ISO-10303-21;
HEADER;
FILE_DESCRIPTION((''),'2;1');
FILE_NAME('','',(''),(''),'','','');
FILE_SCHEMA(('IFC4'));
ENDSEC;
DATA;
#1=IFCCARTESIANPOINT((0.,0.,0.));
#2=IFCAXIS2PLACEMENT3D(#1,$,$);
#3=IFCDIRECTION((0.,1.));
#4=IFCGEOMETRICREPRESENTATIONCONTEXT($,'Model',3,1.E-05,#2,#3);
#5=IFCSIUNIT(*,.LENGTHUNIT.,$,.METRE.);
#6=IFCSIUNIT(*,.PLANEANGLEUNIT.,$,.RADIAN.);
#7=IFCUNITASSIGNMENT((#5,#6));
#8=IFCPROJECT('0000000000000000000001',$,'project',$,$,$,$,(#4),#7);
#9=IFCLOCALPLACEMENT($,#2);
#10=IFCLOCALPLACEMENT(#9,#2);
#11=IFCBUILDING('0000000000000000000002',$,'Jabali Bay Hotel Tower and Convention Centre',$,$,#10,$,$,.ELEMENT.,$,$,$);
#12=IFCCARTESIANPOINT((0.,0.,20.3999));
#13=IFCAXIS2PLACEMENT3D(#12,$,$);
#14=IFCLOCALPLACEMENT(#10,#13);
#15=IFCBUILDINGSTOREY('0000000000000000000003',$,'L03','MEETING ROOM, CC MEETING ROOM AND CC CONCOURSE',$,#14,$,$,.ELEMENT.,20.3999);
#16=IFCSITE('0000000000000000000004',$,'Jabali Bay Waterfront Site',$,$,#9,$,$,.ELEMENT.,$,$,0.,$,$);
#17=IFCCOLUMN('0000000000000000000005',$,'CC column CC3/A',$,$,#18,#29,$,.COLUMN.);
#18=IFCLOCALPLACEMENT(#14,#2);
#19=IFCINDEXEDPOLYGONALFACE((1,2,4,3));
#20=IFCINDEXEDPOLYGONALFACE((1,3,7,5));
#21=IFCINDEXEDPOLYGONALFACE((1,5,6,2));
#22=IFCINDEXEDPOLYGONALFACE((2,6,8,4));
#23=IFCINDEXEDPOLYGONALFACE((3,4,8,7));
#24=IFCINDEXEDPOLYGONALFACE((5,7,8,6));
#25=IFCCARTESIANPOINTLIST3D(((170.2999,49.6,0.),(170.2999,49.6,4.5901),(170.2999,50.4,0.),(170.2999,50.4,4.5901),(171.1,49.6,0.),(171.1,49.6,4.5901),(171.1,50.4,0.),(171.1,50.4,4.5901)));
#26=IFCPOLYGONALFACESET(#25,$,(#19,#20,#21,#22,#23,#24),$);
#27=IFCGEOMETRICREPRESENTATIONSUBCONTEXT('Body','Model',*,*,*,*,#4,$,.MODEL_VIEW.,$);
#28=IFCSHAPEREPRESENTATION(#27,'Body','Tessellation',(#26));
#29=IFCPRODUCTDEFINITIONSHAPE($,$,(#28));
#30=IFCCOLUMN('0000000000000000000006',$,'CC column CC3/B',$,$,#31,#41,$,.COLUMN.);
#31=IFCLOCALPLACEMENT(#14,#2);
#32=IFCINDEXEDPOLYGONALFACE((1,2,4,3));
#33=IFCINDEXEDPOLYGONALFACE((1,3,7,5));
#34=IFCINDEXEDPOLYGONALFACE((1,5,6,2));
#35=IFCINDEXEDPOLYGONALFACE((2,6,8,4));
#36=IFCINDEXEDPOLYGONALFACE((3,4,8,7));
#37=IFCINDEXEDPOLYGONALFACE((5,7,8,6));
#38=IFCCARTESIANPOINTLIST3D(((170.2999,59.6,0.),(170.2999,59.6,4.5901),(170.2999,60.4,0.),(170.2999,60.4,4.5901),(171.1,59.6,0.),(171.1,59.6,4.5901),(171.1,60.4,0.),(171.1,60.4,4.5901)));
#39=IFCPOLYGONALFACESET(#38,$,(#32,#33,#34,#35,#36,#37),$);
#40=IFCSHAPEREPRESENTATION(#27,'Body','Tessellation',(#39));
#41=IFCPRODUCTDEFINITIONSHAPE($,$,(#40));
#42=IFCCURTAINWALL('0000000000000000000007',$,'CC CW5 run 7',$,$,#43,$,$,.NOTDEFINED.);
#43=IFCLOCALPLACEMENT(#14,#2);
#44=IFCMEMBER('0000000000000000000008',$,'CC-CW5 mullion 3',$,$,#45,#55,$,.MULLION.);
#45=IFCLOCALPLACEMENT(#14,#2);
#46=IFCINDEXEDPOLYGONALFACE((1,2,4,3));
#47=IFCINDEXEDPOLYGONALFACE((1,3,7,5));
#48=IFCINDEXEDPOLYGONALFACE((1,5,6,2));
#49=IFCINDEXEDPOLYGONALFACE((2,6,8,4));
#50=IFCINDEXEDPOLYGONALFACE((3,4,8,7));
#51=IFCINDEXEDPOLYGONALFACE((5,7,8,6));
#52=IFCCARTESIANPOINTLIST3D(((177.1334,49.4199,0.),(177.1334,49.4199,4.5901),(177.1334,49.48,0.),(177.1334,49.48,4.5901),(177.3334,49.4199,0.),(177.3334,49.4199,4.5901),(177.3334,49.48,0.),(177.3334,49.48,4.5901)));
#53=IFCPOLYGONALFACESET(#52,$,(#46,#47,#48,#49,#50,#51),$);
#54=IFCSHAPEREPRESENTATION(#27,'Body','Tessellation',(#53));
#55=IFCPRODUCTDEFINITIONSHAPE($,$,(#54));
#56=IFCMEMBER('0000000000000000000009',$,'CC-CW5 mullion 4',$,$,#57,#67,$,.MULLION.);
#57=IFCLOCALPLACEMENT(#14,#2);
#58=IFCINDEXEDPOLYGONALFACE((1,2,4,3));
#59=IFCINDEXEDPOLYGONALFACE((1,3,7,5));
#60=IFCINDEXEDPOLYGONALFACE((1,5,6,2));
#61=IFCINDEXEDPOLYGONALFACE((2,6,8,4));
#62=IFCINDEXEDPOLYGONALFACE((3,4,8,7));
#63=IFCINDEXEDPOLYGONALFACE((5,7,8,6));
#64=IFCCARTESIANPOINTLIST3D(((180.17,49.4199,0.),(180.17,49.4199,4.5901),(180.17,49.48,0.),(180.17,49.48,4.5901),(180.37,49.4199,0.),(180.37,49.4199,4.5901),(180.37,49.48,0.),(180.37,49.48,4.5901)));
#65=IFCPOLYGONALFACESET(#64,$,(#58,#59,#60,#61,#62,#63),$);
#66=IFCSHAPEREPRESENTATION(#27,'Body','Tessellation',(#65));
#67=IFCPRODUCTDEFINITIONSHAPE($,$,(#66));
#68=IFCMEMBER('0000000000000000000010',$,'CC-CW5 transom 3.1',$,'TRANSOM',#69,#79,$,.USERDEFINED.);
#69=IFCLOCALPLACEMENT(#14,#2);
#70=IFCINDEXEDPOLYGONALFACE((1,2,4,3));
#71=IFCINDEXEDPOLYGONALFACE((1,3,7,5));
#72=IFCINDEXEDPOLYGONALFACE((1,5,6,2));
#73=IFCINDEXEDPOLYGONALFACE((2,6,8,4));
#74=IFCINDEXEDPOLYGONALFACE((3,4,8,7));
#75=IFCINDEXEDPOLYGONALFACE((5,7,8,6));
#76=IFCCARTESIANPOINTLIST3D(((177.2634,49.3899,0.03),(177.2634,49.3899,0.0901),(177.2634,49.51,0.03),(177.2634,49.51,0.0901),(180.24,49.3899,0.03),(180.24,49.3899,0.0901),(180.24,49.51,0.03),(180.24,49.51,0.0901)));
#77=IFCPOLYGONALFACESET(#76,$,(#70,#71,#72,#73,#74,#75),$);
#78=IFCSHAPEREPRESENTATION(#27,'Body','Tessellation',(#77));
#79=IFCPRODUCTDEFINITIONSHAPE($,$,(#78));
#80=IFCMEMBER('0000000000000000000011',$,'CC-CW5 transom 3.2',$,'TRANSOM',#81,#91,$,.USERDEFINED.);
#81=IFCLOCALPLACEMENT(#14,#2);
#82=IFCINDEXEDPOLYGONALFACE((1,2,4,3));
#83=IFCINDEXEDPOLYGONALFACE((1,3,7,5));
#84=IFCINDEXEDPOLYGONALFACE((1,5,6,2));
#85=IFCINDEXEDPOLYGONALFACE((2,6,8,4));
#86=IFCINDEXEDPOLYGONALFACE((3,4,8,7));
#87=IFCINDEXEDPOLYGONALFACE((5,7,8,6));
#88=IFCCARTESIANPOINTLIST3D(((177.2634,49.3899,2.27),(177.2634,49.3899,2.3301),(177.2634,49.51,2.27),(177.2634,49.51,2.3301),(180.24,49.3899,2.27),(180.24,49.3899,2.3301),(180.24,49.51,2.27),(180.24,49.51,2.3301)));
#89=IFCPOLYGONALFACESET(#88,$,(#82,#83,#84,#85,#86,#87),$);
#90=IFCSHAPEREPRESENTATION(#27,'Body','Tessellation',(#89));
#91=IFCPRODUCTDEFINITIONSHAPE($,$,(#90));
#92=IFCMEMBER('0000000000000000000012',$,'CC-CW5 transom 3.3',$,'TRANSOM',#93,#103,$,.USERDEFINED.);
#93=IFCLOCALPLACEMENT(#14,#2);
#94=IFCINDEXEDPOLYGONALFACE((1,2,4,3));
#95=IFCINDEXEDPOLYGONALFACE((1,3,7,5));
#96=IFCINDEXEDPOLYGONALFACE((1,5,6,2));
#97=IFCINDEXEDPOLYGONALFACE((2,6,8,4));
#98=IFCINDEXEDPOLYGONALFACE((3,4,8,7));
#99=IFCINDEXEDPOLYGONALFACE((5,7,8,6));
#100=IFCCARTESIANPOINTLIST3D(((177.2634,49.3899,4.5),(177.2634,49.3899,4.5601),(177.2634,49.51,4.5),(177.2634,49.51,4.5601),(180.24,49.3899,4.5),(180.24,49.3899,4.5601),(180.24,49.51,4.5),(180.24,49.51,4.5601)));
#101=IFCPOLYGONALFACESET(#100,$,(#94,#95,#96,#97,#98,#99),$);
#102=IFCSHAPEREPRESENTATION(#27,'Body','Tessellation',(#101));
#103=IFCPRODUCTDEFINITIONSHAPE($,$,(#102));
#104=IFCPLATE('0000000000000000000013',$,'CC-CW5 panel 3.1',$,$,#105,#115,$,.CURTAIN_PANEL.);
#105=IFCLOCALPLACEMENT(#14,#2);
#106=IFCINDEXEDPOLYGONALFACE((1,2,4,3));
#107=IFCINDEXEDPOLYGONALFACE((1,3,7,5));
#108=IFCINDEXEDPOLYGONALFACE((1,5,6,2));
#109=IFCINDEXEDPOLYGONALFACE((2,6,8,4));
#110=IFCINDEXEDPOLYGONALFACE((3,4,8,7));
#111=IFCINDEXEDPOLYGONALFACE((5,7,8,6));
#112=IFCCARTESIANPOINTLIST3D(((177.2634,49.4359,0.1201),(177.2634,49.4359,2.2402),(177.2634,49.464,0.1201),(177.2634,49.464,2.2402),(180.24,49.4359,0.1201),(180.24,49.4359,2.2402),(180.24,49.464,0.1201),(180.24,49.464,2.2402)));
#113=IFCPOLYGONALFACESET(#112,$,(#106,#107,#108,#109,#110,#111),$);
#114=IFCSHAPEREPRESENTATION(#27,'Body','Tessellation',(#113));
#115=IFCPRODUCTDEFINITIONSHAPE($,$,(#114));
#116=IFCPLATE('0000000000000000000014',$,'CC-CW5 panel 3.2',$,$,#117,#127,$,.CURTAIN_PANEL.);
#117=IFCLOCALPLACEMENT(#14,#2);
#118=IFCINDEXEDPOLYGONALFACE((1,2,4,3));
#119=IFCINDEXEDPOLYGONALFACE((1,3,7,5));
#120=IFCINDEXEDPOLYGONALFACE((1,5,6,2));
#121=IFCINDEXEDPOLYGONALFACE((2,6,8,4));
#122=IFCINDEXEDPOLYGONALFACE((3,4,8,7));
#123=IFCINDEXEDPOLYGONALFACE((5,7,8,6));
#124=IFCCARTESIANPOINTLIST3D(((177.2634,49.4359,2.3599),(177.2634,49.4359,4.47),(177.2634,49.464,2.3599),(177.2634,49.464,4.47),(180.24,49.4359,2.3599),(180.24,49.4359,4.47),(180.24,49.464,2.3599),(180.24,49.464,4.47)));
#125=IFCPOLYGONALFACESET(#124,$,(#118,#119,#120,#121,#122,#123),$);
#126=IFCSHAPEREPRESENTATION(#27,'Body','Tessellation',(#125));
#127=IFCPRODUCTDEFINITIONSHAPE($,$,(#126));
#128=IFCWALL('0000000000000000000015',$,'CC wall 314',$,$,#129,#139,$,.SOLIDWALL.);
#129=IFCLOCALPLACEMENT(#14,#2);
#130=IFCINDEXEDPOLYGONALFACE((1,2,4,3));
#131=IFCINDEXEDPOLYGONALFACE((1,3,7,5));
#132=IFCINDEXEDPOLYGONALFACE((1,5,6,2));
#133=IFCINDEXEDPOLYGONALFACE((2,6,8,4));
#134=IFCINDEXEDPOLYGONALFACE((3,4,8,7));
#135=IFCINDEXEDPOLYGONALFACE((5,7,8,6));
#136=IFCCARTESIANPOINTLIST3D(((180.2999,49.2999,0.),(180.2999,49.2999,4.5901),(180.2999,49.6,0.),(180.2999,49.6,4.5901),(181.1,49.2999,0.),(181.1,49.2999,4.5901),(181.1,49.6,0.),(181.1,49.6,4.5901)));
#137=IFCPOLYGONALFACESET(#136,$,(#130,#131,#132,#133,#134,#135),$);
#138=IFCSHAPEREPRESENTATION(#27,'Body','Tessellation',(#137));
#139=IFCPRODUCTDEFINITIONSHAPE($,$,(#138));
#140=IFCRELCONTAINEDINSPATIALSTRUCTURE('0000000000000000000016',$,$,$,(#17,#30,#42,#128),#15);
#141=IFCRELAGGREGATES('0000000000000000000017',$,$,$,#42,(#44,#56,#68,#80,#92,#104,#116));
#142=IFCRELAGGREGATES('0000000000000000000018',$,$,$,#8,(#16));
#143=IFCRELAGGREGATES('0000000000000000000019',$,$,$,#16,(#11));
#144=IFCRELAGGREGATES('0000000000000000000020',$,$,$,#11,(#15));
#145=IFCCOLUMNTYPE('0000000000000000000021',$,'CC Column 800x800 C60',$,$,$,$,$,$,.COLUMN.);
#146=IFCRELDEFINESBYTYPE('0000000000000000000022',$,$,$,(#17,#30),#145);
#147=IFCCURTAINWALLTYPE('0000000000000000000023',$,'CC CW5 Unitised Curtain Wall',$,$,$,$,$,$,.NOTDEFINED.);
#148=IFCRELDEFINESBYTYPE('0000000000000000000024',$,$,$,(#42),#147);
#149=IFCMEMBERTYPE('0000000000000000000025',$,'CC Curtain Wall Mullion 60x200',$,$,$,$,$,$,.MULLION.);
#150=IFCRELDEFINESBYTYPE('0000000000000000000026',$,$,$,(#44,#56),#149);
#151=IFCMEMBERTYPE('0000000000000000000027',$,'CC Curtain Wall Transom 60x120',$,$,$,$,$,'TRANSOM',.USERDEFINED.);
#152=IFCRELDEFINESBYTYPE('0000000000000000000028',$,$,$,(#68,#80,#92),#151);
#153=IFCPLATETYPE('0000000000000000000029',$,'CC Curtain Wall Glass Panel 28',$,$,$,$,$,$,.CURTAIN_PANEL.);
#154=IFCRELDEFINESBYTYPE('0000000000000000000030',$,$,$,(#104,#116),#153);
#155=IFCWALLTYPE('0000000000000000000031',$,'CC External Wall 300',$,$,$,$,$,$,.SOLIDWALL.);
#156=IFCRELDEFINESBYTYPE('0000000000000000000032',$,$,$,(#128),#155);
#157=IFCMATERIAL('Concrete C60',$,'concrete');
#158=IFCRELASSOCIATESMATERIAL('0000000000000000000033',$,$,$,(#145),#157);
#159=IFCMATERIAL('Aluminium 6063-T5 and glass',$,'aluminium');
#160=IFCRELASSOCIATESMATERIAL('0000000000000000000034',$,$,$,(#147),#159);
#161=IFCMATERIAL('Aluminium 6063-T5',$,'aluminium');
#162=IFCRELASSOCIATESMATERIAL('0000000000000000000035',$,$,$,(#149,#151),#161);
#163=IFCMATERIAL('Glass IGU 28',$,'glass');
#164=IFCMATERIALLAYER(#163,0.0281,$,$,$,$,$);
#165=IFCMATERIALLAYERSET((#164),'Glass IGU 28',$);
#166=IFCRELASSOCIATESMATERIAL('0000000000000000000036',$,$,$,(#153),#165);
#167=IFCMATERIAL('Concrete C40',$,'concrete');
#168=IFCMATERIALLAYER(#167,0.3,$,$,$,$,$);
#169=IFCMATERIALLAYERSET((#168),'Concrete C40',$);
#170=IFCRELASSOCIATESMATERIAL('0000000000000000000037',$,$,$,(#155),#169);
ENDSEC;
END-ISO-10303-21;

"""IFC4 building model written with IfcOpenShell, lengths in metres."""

from ifc_helpers import new_model, si_unit, direction, frame, frame_2d, origin, origin_2d, place, context, subcontext, project, spatial, rectangle, extrude, material, layer, layer_set, material_profile, profile_set, type_object, element, aggregate, save


model = new_model("IFC4")

# Units and contexts
model_context = context("Model", 3, precision=1e-05, world=origin(), true_north=direction((0.0, 1.0)))
body_context = subcontext(model_context, "Body", "Model", "MODEL_VIEW")
ifc_project = project(units=[si_unit("LENGTHUNIT", "METRE"), si_unit("PLANEANGLEUNIT", "RADIAN")], contexts=[model_context])

# Site, building, storey
site_placement = place(None, origin())
site = spatial("IfcSite", under=ifc_project, at=site_placement, Name="Jabali Bay Waterfront Site", CompositionType="ELEMENT", RefElevation=0.0)
building_placement = place(site_placement, origin())
building = spatial("IfcBuilding", under=site, at=building_placement, Name="Jabali Bay Hotel Tower and Convention Centre", CompositionType="ELEMENT")
storey_placement = place(building_placement, frame((0.0, 0.0, 20.3999)))
storey = spatial("IfcBuildingStorey", under=building, at=storey_placement, Name="L03", Description="MEETING ROOM, CC MEETING ROOM AND CC CONCOURSE", CompositionType="ELEMENT", Elevation=20.3999)

# Columns
ifc_material_1 = material(Name="Concrete C60", Category="concrete")
ifc_material_profile_1 = material_profile(ifc_material_1, rectangle(XDim=0.8, YDim=0.8, at=origin_2d()), Name="RC 800x800")
ifc_profile_set_1 = profile_set([ifc_material_profile_1], Name="Concrete C60")
column_type = type_object("IfcColumnType", Name="CC Column 800x800 C60", PredefinedType="COLUMN", material=ifc_profile_set_1)
for number, where, z_axis, x_axis, name in (
    (1, (170.7, 50.0, 0.0), (0.0, 0.0, 1.0), (1.0, 0.0, 0.0), "CC column CC3/A"),
    (2, (170.7, 60.0, 0.0), (0.0, 0.0, 1.0), (1.0, 0.0, 0.0), "CC column CC3/B"),
):
    element("IfcColumn", number, at=place(storey_placement, frame(where, z_axis=z_axis, x_axis=x_axis)), inside=storey, type_object=column_type, Name=name, PredefinedType="COLUMN", context=body_context, shape_type="SweptSolid", body=[
        extrude(rectangle(XDim=0.8, YDim=0.8, at=origin_2d()), origin(), (0.0, 0.0, 1.0), 4.5901),
    ])

# Curtain wall, members, plates
ifc_material_2 = material(Name="Aluminium 6063-T5 and glass", Category="aluminium")
curtain_wall_type = type_object("IfcCurtainWallType", Name="CC CW5 Unitised Curtain Wall", PredefinedType="NOTDEFINED", material=ifc_material_2)
curtain_wall_placement = place(storey_placement, origin())
curtain_wall = element("IfcCurtainWall", 3, at=curtain_wall_placement, inside=storey, type_object=curtain_wall_type, Name="CC CW5 run 7", PredefinedType="NOTDEFINED")
ifc_material_3 = material(Name="Aluminium 6063-T5", Category="aluminium")
ifc_material_profile_2 = material_profile(ifc_material_3, rectangle(XDim=0.0601, YDim=0.2, at=origin_2d()), Name="AL 60x200")
ifc_profile_set_2 = profile_set([ifc_material_profile_2], Name="Aluminium 6063-T5")
member_type_1 = type_object("IfcMemberType", Name="CC Curtain Wall Mullion 60x200", PredefinedType="MULLION", material=ifc_profile_set_2)
member_1_placement = place(storey_placement, frame((177.2334, 49.45, 0.0), z_axis=(0.0, 0.0, 1.0), x_axis=(0.0, 1.0, 0.0)))
member_1 = element("IfcMember", 4, at=member_1_placement, type_object=member_type_1, Name="CC-CW5 mullion 3", PredefinedType="MULLION", context=body_context, shape_type="SweptSolid", body=[
    extrude(rectangle(XDim=0.0601, YDim=0.2, at=origin_2d()), origin(), (0.0, 0.0, 1.0), 4.5901),
])
member_2_placement = place(storey_placement, frame((180.27, 49.45, 0.0), z_axis=(0.0, 0.0, 1.0), x_axis=(0.0, 1.0, 0.0)))
member_2 = element("IfcMember", 5, at=member_2_placement, type_object=member_type_1, Name="CC-CW5 mullion 4", PredefinedType="MULLION", context=body_context, shape_type="SweptSolid", body=[
    extrude(rectangle(XDim=0.0601, YDim=0.2, at=origin_2d()), origin(), (0.0, 0.0, 1.0), 4.5901),
])
ifc_material_profile_3 = material_profile(ifc_material_3, rectangle(XDim=0.1201, YDim=0.0601, at=origin_2d()), Name="AL 120x60")
ifc_profile_set_3 = profile_set([ifc_material_profile_3], Name="Aluminium 6063-T5")
member_type_2 = type_object("IfcMemberType", Name="CC Curtain Wall Transom 60x120", ElementType="TRANSOM", PredefinedType="USERDEFINED", material=ifc_profile_set_3)
member_3_placement = place(storey_placement, frame((177.2634, 49.45, 0.0601), z_axis=(1.0, 0.0, 0.0), x_axis=(0.0, 1.0, 0.0)))
member_3 = element("IfcMember", 6, at=member_3_placement, type_object=member_type_2, Name="CC-CW5 transom 3.1", ObjectType="TRANSOM", PredefinedType="USERDEFINED", context=body_context, shape_type="SweptSolid", body=[
    extrude(rectangle(XDim=0.1201, YDim=0.0601, at=origin_2d()), origin(), (0.0, 0.0, 1.0), 2.9766),
])
member_4_placement = place(storey_placement, frame((177.2634, 49.45, 2.3), z_axis=(1.0, 0.0, 0.0), x_axis=(0.0, 1.0, 0.0)))
member_4 = element("IfcMember", 7, at=member_4_placement, type_object=member_type_2, Name="CC-CW5 transom 3.2", ObjectType="TRANSOM", PredefinedType="USERDEFINED", context=body_context, shape_type="SweptSolid", body=[
    extrude(rectangle(XDim=0.1201, YDim=0.0601, at=origin_2d()), origin(), (0.0, 0.0, 1.0), 2.9766),
])
member_5_placement = place(storey_placement, frame((177.2634, 49.45, 4.53), z_axis=(1.0, 0.0, 0.0), x_axis=(0.0, 1.0, 0.0)))
member_5 = element("IfcMember", 8, at=member_5_placement, type_object=member_type_2, Name="CC-CW5 transom 3.3", ObjectType="TRANSOM", PredefinedType="USERDEFINED", context=body_context, shape_type="SweptSolid", body=[
    extrude(rectangle(XDim=0.1201, YDim=0.0601, at=origin_2d()), origin(), (0.0, 0.0, 1.0), 2.9766),
])
ifc_material_4 = material(Name="Glass IGU 28", Category="glass")
ifc_layer_1 = layer(ifc_material_4, 0.0281)
ifc_layer_set_1 = layer_set([ifc_layer_1], Name="Glass IGU 28")
plate_type = type_object("IfcPlateType", Name="CC Curtain Wall Glass Panel 28", PredefinedType="CURTAIN_PANEL", material=ifc_layer_set_1)
plate_1_placement = place(storey_placement, frame((178.7517, 49.45, 0.1201), z_axis=(0.0, 0.0, 1.0), x_axis=(1.0, 0.0, 0.0)))
plate_1 = element("IfcPlate", 9, at=plate_1_placement, type_object=plate_type, Name="CC-CW5 panel 3.1", PredefinedType="CURTAIN_PANEL", context=body_context, shape_type="SweptSolid", body=[
    extrude(rectangle(XDim=2.9766, YDim=0.0281, at=origin_2d()), origin(), (0.0, 0.0, 1.0), 2.1201),
])
plate_2_placement = place(storey_placement, frame((178.7517, 49.45, 2.3599), z_axis=(0.0, 0.0, 1.0), x_axis=(1.0, 0.0, 0.0)))
plate_2 = element("IfcPlate", 10, at=plate_2_placement, type_object=plate_type, Name="CC-CW5 panel 3.2", PredefinedType="CURTAIN_PANEL", context=body_context, shape_type="SweptSolid", body=[
    extrude(rectangle(XDim=2.9766, YDim=0.0281, at=origin_2d()), origin(), (0.0, 0.0, 1.0), 2.1101),
])
aggregate(curtain_wall, [member_1, member_2, member_3, member_4, member_5, plate_1, plate_2])

# Wall
ifc_material_5 = material(Name="Concrete C40", Category="concrete")
ifc_layer_2 = layer(ifc_material_5, 0.3)
ifc_layer_set_2 = layer_set([ifc_layer_2], Name="Concrete C40")
wall_type_1 = type_object("IfcWallType", Name="CC External Wall 300", PredefinedType="SOLIDWALL", material=ifc_layer_set_2)
wall_1_placement = place(storey_placement, frame((180.3, 49.45, 0.0), z_axis=(0.0, 0.0, 1.0), x_axis=(1.0, 0.0, 0.0)))
element("IfcWall", 11, at=wall_1_placement, inside=storey, type_object=wall_type_1, Name="CC wall 314", PredefinedType="SOLIDWALL", context=body_context, shape_type="SweptSolid", body=[
    extrude(rectangle(XDim=0.8, YDim=0.3, at=frame_2d((0.3999, 0.0))), origin(), (0.0, 0.0, 1.0), 4.5901),
])

save(model, "model.ifc")
